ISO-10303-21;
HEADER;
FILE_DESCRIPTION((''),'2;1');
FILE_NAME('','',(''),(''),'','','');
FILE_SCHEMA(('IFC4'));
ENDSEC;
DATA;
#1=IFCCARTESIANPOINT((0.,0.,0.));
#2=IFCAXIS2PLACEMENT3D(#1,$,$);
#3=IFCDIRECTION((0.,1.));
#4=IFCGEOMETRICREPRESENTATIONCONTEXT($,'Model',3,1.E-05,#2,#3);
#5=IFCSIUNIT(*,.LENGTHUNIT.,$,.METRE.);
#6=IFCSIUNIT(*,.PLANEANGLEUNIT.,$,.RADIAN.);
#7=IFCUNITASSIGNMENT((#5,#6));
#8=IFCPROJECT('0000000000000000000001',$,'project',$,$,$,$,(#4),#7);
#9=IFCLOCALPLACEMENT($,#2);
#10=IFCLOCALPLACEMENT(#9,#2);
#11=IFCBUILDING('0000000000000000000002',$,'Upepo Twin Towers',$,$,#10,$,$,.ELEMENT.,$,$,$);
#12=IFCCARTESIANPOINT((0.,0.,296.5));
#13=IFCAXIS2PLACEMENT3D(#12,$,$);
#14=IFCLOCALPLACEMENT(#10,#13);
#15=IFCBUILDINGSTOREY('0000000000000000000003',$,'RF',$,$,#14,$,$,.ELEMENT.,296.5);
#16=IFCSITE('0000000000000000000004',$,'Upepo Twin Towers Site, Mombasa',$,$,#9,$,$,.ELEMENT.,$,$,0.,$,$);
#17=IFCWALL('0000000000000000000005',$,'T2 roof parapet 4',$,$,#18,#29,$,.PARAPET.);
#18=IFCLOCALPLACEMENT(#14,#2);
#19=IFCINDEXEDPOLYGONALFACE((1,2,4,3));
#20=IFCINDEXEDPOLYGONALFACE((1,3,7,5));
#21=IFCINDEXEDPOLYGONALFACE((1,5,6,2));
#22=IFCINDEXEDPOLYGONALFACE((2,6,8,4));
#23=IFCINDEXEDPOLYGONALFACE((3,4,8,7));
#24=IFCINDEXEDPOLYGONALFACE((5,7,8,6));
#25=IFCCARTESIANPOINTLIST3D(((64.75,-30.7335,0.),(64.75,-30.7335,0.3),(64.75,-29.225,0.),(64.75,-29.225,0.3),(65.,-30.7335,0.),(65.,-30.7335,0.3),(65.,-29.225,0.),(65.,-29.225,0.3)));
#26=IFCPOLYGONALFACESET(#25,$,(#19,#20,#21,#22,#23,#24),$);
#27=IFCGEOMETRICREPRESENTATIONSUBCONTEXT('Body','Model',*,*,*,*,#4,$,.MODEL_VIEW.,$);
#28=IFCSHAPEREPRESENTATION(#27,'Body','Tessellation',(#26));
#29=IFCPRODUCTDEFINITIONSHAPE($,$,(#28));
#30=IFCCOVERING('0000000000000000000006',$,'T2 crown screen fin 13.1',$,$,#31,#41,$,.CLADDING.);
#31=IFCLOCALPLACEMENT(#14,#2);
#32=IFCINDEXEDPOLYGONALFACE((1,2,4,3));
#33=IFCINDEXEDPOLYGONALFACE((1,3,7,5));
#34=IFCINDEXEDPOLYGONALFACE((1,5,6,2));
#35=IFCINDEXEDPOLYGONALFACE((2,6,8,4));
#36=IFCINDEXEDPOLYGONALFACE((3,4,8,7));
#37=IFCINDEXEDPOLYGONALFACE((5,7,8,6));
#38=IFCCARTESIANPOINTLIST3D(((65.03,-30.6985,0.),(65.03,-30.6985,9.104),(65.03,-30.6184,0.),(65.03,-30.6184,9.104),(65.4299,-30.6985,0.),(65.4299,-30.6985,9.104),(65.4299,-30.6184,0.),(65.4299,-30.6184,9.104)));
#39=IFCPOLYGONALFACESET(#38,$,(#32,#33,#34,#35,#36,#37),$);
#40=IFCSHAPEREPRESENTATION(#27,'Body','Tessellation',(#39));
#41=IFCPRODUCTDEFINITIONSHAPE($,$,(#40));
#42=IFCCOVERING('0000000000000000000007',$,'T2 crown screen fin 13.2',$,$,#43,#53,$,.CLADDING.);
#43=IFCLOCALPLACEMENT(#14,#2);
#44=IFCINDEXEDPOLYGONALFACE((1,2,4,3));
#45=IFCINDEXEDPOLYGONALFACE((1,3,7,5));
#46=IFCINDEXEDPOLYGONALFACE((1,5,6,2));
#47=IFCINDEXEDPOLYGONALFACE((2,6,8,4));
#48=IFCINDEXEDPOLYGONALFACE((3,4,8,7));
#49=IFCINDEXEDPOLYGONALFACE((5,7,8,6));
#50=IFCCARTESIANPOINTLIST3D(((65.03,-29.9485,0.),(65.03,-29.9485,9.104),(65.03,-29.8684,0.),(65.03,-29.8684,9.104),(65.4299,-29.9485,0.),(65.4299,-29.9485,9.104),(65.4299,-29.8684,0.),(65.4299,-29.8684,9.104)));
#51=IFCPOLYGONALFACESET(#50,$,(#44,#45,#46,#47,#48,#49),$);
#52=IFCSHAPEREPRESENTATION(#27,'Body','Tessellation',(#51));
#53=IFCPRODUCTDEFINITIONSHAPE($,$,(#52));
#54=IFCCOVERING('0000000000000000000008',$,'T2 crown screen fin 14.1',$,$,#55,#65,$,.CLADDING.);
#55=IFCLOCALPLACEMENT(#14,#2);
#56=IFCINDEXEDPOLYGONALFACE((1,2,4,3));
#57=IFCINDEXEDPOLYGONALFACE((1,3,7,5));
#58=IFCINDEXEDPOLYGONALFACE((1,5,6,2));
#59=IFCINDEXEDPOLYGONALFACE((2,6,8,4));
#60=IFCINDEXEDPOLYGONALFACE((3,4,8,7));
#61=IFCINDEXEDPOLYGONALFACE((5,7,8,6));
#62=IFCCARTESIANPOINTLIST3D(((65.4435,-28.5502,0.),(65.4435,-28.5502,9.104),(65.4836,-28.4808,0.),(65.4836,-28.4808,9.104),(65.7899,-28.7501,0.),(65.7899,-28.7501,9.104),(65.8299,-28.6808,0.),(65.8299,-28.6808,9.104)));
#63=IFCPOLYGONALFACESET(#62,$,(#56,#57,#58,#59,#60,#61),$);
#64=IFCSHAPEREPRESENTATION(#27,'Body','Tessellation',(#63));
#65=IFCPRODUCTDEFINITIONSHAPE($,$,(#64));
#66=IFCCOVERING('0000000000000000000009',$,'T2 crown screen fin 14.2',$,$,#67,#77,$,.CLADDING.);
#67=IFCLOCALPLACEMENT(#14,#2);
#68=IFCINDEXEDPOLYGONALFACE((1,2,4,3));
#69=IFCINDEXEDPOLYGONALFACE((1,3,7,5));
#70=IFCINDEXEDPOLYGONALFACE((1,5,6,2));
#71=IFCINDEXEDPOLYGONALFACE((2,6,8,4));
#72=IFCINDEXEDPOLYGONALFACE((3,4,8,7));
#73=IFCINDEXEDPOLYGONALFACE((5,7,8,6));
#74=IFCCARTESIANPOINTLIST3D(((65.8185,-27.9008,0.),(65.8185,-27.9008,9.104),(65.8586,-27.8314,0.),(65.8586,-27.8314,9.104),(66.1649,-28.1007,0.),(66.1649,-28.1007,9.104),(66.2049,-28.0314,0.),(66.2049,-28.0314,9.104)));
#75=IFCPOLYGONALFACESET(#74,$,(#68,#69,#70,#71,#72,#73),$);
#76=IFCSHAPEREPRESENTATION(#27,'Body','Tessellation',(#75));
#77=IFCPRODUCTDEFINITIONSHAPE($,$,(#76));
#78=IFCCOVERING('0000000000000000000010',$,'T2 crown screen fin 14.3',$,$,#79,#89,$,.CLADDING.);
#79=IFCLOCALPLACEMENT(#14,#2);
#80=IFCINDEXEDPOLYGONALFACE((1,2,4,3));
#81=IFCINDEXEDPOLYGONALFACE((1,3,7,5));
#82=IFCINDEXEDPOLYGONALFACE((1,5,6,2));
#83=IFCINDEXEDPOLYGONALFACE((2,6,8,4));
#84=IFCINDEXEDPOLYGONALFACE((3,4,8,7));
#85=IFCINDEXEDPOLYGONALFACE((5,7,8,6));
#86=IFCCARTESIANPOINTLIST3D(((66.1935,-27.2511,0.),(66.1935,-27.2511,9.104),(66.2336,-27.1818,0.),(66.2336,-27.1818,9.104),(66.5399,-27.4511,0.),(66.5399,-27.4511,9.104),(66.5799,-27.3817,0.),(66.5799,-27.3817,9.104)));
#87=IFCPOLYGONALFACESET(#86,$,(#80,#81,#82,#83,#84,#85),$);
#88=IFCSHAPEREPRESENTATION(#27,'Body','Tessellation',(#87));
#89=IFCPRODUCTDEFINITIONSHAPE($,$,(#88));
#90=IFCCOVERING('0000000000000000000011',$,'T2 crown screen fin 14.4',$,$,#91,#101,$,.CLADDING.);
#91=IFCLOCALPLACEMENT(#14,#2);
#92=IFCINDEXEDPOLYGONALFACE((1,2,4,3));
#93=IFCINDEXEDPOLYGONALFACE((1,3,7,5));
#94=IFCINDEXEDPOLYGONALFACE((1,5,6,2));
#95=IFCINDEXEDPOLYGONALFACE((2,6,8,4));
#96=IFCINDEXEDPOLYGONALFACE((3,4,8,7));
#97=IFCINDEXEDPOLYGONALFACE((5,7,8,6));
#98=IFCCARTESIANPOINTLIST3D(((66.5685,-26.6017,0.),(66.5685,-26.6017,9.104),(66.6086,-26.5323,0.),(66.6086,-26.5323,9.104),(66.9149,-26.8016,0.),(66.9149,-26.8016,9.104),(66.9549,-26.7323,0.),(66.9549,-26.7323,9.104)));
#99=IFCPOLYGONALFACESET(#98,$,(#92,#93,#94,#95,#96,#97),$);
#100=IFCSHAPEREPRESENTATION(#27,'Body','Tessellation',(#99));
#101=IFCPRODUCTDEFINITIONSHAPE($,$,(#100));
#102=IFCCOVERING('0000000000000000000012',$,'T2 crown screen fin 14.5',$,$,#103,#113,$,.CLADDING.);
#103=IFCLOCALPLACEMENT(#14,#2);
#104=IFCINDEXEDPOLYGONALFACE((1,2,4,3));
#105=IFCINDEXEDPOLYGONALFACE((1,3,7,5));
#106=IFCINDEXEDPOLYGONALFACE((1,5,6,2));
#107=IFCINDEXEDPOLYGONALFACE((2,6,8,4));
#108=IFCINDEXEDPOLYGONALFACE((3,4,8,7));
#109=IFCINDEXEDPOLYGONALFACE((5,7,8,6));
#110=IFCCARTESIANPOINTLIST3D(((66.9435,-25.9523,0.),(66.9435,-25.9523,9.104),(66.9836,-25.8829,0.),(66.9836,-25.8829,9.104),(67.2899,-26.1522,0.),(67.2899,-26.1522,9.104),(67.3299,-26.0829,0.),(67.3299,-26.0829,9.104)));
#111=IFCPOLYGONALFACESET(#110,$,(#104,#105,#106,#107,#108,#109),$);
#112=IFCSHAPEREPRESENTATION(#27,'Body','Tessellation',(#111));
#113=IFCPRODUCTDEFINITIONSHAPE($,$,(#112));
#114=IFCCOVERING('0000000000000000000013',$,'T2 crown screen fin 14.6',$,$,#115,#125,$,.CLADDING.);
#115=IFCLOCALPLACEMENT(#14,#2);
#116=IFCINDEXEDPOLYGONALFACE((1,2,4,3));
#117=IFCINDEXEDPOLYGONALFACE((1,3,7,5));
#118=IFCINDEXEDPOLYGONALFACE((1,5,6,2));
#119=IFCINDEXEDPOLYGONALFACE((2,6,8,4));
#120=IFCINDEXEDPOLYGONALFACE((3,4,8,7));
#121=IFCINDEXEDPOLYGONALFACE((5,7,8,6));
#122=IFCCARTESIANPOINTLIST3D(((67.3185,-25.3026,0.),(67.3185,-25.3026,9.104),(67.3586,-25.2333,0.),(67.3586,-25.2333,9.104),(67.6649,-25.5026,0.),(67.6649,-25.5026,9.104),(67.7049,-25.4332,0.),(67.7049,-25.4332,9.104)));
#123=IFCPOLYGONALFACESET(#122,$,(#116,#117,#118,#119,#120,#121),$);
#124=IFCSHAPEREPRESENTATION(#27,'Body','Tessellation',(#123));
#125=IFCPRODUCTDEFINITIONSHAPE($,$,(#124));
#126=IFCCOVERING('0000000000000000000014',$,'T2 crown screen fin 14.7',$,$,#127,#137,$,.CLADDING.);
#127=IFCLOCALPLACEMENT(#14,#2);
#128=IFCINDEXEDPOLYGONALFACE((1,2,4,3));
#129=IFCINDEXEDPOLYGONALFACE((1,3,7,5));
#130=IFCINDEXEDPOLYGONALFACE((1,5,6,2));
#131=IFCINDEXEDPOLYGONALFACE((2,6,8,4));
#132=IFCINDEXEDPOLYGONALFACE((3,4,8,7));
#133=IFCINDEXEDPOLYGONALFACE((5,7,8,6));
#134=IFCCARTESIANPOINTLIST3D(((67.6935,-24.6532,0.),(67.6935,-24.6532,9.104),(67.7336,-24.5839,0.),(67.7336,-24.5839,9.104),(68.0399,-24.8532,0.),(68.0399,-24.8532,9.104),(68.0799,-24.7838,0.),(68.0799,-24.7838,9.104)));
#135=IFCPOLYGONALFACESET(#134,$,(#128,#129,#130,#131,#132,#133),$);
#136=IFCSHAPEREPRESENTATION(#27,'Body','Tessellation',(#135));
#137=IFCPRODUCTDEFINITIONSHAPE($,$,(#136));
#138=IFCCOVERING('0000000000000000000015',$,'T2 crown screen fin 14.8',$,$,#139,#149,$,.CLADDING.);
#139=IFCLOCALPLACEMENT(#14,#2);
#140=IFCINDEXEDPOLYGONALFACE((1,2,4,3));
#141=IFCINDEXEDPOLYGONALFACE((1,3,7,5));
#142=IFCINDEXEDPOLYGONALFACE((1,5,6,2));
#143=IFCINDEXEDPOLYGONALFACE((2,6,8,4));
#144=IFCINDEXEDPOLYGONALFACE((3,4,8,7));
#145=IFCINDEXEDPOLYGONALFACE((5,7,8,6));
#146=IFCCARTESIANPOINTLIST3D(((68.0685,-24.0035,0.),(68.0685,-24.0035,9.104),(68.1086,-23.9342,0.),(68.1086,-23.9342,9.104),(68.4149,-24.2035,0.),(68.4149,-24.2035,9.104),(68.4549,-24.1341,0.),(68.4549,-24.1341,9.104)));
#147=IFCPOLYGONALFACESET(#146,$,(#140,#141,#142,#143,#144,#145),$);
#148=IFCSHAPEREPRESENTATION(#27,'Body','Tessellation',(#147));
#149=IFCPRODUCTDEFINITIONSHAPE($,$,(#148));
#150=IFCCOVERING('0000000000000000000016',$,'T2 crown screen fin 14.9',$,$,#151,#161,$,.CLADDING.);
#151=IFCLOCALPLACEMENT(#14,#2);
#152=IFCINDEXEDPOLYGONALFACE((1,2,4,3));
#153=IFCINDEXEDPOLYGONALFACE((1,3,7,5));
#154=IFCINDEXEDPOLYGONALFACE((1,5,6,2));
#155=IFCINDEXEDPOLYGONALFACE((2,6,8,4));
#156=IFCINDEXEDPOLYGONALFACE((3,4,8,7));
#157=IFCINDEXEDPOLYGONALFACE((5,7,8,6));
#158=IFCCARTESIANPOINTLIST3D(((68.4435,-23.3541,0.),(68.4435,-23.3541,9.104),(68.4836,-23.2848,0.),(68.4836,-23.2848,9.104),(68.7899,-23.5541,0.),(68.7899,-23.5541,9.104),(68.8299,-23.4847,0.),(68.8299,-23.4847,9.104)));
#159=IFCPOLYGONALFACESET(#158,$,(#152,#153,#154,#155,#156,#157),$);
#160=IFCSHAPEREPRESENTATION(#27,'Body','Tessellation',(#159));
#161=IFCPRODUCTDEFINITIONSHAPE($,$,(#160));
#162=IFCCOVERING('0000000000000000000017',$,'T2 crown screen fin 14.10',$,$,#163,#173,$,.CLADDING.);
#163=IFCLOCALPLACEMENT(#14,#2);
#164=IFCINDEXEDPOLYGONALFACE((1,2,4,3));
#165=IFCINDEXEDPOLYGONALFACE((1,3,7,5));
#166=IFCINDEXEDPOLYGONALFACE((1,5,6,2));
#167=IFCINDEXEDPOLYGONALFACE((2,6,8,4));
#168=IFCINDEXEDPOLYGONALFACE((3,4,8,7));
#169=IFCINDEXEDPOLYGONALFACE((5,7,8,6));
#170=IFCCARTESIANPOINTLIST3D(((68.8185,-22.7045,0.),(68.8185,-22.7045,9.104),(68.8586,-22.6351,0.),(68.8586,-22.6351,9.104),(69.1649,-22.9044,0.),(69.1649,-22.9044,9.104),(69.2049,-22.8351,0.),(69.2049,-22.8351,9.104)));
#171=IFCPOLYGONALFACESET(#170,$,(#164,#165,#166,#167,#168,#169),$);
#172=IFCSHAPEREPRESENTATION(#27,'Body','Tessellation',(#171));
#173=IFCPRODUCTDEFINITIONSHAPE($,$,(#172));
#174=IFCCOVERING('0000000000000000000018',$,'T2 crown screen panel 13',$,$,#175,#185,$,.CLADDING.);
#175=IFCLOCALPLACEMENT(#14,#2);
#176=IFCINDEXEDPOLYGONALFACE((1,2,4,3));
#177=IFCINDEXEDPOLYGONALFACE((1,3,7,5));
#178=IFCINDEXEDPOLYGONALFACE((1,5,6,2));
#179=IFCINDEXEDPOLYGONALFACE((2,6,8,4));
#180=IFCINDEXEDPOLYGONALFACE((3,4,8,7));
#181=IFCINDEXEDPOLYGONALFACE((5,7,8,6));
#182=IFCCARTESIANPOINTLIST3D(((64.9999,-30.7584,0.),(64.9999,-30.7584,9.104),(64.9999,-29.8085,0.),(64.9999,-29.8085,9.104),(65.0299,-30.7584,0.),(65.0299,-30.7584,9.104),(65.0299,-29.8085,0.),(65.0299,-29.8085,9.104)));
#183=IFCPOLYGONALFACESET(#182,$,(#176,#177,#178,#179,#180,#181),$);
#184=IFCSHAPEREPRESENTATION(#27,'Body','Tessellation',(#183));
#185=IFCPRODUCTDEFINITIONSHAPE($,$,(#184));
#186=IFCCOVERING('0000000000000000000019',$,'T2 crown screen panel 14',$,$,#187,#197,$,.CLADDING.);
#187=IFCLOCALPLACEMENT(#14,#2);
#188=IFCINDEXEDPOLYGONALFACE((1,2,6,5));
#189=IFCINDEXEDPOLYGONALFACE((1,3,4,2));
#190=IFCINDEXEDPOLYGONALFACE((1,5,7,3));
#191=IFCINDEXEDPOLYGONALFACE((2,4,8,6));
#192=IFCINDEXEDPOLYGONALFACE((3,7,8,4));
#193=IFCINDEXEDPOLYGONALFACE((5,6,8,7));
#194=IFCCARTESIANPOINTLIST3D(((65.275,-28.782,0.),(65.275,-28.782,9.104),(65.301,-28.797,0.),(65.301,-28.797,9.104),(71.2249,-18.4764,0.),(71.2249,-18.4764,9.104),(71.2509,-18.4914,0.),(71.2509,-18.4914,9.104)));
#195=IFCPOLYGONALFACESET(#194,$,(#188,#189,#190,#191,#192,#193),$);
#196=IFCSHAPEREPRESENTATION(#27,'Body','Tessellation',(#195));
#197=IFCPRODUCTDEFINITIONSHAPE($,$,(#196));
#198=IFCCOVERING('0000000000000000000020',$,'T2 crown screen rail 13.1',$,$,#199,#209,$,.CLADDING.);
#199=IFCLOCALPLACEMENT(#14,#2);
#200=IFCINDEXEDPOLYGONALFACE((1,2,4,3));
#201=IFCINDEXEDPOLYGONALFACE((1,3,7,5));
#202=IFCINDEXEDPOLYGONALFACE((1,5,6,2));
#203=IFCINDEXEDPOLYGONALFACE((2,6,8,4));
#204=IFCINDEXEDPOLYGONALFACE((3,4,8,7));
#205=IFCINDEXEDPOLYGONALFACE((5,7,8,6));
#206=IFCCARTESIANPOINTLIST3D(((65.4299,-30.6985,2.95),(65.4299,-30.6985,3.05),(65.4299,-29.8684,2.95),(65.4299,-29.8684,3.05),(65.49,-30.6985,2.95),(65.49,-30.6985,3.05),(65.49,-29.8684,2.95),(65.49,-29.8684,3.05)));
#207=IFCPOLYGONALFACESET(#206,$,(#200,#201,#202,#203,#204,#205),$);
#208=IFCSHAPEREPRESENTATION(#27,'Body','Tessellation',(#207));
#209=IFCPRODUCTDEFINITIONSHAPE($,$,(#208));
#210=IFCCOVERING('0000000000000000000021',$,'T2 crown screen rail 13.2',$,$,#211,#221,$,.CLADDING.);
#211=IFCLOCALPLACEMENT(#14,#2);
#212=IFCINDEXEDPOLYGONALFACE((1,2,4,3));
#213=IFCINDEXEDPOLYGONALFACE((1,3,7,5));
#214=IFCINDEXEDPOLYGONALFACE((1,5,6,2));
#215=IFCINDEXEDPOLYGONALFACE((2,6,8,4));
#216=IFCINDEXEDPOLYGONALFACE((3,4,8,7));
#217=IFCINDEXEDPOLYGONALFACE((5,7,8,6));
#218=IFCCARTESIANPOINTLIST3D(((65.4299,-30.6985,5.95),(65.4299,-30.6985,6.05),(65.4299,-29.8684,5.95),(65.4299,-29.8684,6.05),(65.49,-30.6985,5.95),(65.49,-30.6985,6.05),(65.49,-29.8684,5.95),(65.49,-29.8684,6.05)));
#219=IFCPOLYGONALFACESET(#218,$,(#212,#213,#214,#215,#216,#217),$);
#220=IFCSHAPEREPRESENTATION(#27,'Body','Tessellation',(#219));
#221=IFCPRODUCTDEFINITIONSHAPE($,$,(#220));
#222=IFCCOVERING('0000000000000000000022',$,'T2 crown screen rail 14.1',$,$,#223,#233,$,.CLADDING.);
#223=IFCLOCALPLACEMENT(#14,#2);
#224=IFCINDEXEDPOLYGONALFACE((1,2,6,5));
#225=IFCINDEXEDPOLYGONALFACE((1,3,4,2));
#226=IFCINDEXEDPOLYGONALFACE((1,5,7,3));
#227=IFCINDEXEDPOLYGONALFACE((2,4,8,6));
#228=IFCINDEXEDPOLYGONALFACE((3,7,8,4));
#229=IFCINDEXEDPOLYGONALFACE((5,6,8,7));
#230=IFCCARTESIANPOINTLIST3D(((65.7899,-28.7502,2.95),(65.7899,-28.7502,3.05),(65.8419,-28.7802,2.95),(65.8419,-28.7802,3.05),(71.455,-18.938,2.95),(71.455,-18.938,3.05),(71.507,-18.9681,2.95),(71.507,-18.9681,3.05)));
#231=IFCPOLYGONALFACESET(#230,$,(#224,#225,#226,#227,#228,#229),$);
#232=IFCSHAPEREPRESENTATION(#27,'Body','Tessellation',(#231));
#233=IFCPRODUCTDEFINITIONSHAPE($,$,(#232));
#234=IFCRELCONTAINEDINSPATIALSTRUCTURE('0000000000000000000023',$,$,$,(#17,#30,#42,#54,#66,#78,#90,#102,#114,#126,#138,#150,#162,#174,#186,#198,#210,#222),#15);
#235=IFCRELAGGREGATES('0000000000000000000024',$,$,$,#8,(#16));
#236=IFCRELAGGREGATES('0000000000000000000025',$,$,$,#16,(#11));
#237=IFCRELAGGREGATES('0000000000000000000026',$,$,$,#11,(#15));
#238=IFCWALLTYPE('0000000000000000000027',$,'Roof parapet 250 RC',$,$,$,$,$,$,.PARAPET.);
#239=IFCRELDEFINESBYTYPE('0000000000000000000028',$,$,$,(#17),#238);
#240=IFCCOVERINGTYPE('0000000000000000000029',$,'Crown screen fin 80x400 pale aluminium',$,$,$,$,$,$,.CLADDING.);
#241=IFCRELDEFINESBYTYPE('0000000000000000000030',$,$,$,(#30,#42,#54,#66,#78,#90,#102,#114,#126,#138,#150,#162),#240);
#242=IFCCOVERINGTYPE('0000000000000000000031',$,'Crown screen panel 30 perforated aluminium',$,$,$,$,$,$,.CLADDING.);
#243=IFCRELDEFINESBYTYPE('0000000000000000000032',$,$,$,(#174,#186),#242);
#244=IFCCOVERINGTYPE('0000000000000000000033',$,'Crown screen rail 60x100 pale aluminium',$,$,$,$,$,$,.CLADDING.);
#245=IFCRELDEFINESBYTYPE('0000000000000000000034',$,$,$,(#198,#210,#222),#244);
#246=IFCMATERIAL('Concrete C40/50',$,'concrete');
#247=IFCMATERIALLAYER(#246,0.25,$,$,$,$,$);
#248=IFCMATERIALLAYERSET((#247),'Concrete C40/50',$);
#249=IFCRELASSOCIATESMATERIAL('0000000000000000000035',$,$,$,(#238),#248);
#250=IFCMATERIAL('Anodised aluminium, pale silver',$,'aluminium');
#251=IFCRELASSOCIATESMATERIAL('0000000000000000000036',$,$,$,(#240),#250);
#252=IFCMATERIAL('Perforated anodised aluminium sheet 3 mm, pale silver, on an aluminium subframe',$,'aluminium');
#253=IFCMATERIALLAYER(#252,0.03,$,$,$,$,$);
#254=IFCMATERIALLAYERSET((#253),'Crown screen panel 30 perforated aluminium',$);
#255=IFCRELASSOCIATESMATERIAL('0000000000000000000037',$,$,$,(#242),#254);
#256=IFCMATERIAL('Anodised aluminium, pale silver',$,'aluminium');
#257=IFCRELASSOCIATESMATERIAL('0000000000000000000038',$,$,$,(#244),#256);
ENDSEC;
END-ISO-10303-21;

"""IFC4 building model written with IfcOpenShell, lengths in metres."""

from ifc_helpers import new_model, si_unit, direction, frame, frame_2d, origin, origin_2d, place, context, subcontext, project, spatial, rectangle, extrude, material, layer, layer_set, type_object, element, save


model = new_model("IFC4")

# Units and contexts
model_context = context("Model", 3, precision=1e-05, world=origin(), true_north=direction((0.0, 1.0)))
body_context = subcontext(model_context, "Body", "Model", "MODEL_VIEW")
ifc_project = project(units=[si_unit("LENGTHUNIT", "METRE"), si_unit("PLANEANGLEUNIT", "RADIAN")], contexts=[model_context])

# Site, building, storey
site_placement = place(None, origin())
site = spatial("IfcSite", under=ifc_project, at=site_placement, Name="Upepo Twin Towers Site, Mombasa", CompositionType="ELEMENT", RefElevation=0.0)
building_placement = place(site_placement, origin())
building = spatial("IfcBuilding", under=site, at=building_placement, Name="Upepo Twin Towers", CompositionType="ELEMENT")
storey_placement = place(building_placement, frame((0.0, 0.0, 296.5)))
storey = spatial("IfcBuildingStorey", under=building, at=storey_placement, Name="RF", CompositionType="ELEMENT", Elevation=296.5)

# Wall
ifc_material_1 = material(Name="Concrete C40/50", Category="concrete")
ifc_layer_1 = layer(ifc_material_1, 0.25)
ifc_layer_set_1 = layer_set([ifc_layer_1], Name="Concrete C40/50")
wall_type = type_object("IfcWallType", Name="Roof parapet 250 RC", PredefinedType="PARAPET", material=ifc_layer_set_1)
wall_placement = place(storey_placement, frame((64.875, -29.2249, 0.0), z_axis=(0.0, 0.0, 1.0), x_axis=(0.0, -1.0, 0.0)))
element("IfcWall", 1, at=wall_placement, inside=storey, type_object=wall_type, Name="T2 roof parapet 4", PredefinedType="PARAPET", context=body_context, shape_type="SweptSolid", body=[
    extrude(rectangle(XDim=1.5085, YDim=0.25, at=frame_2d((0.7544, 0.0))), origin(), (0.0, 0.0, 1.0), 0.3),
])

# Coverings
ifc_material_2 = material(Name="Anodised aluminium, pale silver", Category="aluminium")
covering_type_1 = type_object("IfcCoveringType", Name="Crown screen fin 80x400 pale aluminium", PredefinedType="CLADDING", material=ifc_material_2)
for number, where, z_axis, x_axis, name in (
    (2, (65.23, -30.6584, 0.0), (0.0, 0.0, 1.0), (0.0, 1.0, 0.0), "T2 crown screen fin 13.1"),
    (3, (65.23, -29.9084, 0.0), (0.0, 0.0, 1.0), (0.0, 1.0, 0.0), "T2 crown screen fin 13.2"),
    (4, (65.6367, -28.6155, 0.0), (0.0, 0.0, 1.0), (0.5, 0.866025, 0.0), "T2 crown screen fin 14.1"),
    (5, (66.0117, -27.9661, 0.0), (0.0, 0.0, 1.0), (0.5, 0.866025, 0.0), "T2 crown screen fin 14.2"),
    (6, (66.3867, -27.3164, 0.0), (0.0, 0.0, 1.0), (0.5, 0.866025, 0.0), "T2 crown screen fin 14.3"),
    (7, (66.7617, -26.667, 0.0), (0.0, 0.0, 1.0), (0.5, 0.866025, 0.0), "T2 crown screen fin 14.4"),
    (8, (67.1367, -26.0176, 0.0), (0.0, 0.0, 1.0), (0.5, 0.866025, 0.0), "T2 crown screen fin 14.5"),
    (9, (67.5117, -25.3679, 0.0), (0.0, 0.0, 1.0), (0.5, 0.866025, 0.0), "T2 crown screen fin 14.6"),
    (10, (67.8867, -24.7185, 0.0), (0.0, 0.0, 1.0), (0.5, 0.866025, 0.0), "T2 crown screen fin 14.7"),
    (11, (68.2617, -24.0688, 0.0), (0.0, 0.0, 1.0), (0.5, 0.866025, 0.0), "T2 crown screen fin 14.8"),
    (12, (68.6367, -23.4194, 0.0), (0.0, 0.0, 1.0), (0.5, 0.866025, 0.0), "T2 crown screen fin 14.9"),
    (13, (69.0117, -22.7698, 0.0), (0.0, 0.0, 1.0), (0.5, 0.866025, 0.0), "T2 crown screen fin 14.10"),
):
    element("IfcCovering", number, at=place(storey_placement, frame(where, z_axis=z_axis, x_axis=x_axis)), inside=storey, type_object=covering_type_1, Name=name, PredefinedType="CLADDING", context=body_context, shape_type="SweptSolid", body=[
        extrude(rectangle(XDim=0.0801, YDim=0.3999, at=origin_2d()), origin(), (0.0, 0.0, 1.0), 9.104),
    ])
ifc_material_3 = material(Name="Perforated anodised aluminium sheet 3 mm, pale silver, on an aluminium subframe", Category="aluminium")
ifc_layer_2 = layer(ifc_material_3, 0.03)
ifc_layer_set_2 = layer_set([ifc_layer_2], Name="Crown screen panel 30 perforated aluminium")
covering_type_2 = type_object("IfcCoveringType", Name="Crown screen panel 30 perforated aluminium", PredefinedType="CLADDING", material=ifc_layer_set_2)
covering_1_placement = place(storey_placement, frame((65.0149, -30.2834, 0.0), z_axis=(0.0, 0.0, 1.0), x_axis=(0.0, 1.0, 0.0)))
element("IfcCovering", 14, at=covering_1_placement, inside=storey, type_object=covering_type_2, Name="T2 crown screen panel 13", PredefinedType="CLADDING", context=body_context, shape_type="SweptSolid", body=[
    extrude(rectangle(XDim=0.95, YDim=0.03, at=origin_2d()), origin(), (0.0, 0.0, 1.0), 9.104),
])
covering_2_placement = place(storey_placement, frame((68.2629, -23.6367, 0.0), z_axis=(0.0, 0.0, 1.0), x_axis=(0.5, 0.866025, 0.0)))
element("IfcCovering", 15, at=covering_2_placement, inside=storey, type_object=covering_type_2, Name="T2 crown screen panel 14", PredefinedType="CLADDING", context=body_context, shape_type="SweptSolid", body=[
    extrude(rectangle(XDim=11.8999, YDim=0.03, at=origin_2d()), origin(), (0.0, 0.0, 1.0), 9.104),
])
ifc_material_4 = material(Name="Anodised aluminium, pale silver", Category="aluminium")
covering_type_3 = type_object("IfcCoveringType", Name="Crown screen rail 60x100 pale aluminium", PredefinedType="CLADDING", material=ifc_material_4)
for number, where, z_axis, x_axis, name in (
    (16, (65.46, -30.2834, 2.95), (0.0, 0.0, 1.0), (0.0, 1.0, 0.0), "T2 crown screen rail 13.1"),
    (17, (65.46, -30.2834, 5.95), (0.0, 0.0, 1.0), (0.0, 1.0, 0.0), "T2 crown screen rail 13.2"),
):
    element("IfcCovering", number, at=place(storey_placement, frame(where, z_axis=z_axis, x_axis=x_axis)), inside=storey, type_object=covering_type_3, Name=name, PredefinedType="CLADDING", context=body_context, shape_type="SweptSolid", body=[
        extrude(rectangle(XDim=0.8301, YDim=0.0601, at=origin_2d()), origin(), (0.0, 0.0, 1.0), 0.1001),
    ])
for number, where, z_axis, x_axis, name in (
    (18, (68.6484, -23.8591, 2.95), (0.0, 0.0, 1.0), (0.5, 0.866025, 0.0), "T2 crown screen rail 14.1"),
):
    element("IfcCovering", number, at=place(storey_placement, frame(where, z_axis=z_axis, x_axis=x_axis)), inside=storey, type_object=covering_type_3, Name=name, PredefinedType="CLADDING", context=body_context, shape_type="SweptSolid", body=[
        extrude(rectangle(XDim=11.3301, YDim=0.0601, at=origin_2d()), origin(), (0.0, 0.0, 1.0), 0.1001),
    ])

save(model, "model.ifc")
